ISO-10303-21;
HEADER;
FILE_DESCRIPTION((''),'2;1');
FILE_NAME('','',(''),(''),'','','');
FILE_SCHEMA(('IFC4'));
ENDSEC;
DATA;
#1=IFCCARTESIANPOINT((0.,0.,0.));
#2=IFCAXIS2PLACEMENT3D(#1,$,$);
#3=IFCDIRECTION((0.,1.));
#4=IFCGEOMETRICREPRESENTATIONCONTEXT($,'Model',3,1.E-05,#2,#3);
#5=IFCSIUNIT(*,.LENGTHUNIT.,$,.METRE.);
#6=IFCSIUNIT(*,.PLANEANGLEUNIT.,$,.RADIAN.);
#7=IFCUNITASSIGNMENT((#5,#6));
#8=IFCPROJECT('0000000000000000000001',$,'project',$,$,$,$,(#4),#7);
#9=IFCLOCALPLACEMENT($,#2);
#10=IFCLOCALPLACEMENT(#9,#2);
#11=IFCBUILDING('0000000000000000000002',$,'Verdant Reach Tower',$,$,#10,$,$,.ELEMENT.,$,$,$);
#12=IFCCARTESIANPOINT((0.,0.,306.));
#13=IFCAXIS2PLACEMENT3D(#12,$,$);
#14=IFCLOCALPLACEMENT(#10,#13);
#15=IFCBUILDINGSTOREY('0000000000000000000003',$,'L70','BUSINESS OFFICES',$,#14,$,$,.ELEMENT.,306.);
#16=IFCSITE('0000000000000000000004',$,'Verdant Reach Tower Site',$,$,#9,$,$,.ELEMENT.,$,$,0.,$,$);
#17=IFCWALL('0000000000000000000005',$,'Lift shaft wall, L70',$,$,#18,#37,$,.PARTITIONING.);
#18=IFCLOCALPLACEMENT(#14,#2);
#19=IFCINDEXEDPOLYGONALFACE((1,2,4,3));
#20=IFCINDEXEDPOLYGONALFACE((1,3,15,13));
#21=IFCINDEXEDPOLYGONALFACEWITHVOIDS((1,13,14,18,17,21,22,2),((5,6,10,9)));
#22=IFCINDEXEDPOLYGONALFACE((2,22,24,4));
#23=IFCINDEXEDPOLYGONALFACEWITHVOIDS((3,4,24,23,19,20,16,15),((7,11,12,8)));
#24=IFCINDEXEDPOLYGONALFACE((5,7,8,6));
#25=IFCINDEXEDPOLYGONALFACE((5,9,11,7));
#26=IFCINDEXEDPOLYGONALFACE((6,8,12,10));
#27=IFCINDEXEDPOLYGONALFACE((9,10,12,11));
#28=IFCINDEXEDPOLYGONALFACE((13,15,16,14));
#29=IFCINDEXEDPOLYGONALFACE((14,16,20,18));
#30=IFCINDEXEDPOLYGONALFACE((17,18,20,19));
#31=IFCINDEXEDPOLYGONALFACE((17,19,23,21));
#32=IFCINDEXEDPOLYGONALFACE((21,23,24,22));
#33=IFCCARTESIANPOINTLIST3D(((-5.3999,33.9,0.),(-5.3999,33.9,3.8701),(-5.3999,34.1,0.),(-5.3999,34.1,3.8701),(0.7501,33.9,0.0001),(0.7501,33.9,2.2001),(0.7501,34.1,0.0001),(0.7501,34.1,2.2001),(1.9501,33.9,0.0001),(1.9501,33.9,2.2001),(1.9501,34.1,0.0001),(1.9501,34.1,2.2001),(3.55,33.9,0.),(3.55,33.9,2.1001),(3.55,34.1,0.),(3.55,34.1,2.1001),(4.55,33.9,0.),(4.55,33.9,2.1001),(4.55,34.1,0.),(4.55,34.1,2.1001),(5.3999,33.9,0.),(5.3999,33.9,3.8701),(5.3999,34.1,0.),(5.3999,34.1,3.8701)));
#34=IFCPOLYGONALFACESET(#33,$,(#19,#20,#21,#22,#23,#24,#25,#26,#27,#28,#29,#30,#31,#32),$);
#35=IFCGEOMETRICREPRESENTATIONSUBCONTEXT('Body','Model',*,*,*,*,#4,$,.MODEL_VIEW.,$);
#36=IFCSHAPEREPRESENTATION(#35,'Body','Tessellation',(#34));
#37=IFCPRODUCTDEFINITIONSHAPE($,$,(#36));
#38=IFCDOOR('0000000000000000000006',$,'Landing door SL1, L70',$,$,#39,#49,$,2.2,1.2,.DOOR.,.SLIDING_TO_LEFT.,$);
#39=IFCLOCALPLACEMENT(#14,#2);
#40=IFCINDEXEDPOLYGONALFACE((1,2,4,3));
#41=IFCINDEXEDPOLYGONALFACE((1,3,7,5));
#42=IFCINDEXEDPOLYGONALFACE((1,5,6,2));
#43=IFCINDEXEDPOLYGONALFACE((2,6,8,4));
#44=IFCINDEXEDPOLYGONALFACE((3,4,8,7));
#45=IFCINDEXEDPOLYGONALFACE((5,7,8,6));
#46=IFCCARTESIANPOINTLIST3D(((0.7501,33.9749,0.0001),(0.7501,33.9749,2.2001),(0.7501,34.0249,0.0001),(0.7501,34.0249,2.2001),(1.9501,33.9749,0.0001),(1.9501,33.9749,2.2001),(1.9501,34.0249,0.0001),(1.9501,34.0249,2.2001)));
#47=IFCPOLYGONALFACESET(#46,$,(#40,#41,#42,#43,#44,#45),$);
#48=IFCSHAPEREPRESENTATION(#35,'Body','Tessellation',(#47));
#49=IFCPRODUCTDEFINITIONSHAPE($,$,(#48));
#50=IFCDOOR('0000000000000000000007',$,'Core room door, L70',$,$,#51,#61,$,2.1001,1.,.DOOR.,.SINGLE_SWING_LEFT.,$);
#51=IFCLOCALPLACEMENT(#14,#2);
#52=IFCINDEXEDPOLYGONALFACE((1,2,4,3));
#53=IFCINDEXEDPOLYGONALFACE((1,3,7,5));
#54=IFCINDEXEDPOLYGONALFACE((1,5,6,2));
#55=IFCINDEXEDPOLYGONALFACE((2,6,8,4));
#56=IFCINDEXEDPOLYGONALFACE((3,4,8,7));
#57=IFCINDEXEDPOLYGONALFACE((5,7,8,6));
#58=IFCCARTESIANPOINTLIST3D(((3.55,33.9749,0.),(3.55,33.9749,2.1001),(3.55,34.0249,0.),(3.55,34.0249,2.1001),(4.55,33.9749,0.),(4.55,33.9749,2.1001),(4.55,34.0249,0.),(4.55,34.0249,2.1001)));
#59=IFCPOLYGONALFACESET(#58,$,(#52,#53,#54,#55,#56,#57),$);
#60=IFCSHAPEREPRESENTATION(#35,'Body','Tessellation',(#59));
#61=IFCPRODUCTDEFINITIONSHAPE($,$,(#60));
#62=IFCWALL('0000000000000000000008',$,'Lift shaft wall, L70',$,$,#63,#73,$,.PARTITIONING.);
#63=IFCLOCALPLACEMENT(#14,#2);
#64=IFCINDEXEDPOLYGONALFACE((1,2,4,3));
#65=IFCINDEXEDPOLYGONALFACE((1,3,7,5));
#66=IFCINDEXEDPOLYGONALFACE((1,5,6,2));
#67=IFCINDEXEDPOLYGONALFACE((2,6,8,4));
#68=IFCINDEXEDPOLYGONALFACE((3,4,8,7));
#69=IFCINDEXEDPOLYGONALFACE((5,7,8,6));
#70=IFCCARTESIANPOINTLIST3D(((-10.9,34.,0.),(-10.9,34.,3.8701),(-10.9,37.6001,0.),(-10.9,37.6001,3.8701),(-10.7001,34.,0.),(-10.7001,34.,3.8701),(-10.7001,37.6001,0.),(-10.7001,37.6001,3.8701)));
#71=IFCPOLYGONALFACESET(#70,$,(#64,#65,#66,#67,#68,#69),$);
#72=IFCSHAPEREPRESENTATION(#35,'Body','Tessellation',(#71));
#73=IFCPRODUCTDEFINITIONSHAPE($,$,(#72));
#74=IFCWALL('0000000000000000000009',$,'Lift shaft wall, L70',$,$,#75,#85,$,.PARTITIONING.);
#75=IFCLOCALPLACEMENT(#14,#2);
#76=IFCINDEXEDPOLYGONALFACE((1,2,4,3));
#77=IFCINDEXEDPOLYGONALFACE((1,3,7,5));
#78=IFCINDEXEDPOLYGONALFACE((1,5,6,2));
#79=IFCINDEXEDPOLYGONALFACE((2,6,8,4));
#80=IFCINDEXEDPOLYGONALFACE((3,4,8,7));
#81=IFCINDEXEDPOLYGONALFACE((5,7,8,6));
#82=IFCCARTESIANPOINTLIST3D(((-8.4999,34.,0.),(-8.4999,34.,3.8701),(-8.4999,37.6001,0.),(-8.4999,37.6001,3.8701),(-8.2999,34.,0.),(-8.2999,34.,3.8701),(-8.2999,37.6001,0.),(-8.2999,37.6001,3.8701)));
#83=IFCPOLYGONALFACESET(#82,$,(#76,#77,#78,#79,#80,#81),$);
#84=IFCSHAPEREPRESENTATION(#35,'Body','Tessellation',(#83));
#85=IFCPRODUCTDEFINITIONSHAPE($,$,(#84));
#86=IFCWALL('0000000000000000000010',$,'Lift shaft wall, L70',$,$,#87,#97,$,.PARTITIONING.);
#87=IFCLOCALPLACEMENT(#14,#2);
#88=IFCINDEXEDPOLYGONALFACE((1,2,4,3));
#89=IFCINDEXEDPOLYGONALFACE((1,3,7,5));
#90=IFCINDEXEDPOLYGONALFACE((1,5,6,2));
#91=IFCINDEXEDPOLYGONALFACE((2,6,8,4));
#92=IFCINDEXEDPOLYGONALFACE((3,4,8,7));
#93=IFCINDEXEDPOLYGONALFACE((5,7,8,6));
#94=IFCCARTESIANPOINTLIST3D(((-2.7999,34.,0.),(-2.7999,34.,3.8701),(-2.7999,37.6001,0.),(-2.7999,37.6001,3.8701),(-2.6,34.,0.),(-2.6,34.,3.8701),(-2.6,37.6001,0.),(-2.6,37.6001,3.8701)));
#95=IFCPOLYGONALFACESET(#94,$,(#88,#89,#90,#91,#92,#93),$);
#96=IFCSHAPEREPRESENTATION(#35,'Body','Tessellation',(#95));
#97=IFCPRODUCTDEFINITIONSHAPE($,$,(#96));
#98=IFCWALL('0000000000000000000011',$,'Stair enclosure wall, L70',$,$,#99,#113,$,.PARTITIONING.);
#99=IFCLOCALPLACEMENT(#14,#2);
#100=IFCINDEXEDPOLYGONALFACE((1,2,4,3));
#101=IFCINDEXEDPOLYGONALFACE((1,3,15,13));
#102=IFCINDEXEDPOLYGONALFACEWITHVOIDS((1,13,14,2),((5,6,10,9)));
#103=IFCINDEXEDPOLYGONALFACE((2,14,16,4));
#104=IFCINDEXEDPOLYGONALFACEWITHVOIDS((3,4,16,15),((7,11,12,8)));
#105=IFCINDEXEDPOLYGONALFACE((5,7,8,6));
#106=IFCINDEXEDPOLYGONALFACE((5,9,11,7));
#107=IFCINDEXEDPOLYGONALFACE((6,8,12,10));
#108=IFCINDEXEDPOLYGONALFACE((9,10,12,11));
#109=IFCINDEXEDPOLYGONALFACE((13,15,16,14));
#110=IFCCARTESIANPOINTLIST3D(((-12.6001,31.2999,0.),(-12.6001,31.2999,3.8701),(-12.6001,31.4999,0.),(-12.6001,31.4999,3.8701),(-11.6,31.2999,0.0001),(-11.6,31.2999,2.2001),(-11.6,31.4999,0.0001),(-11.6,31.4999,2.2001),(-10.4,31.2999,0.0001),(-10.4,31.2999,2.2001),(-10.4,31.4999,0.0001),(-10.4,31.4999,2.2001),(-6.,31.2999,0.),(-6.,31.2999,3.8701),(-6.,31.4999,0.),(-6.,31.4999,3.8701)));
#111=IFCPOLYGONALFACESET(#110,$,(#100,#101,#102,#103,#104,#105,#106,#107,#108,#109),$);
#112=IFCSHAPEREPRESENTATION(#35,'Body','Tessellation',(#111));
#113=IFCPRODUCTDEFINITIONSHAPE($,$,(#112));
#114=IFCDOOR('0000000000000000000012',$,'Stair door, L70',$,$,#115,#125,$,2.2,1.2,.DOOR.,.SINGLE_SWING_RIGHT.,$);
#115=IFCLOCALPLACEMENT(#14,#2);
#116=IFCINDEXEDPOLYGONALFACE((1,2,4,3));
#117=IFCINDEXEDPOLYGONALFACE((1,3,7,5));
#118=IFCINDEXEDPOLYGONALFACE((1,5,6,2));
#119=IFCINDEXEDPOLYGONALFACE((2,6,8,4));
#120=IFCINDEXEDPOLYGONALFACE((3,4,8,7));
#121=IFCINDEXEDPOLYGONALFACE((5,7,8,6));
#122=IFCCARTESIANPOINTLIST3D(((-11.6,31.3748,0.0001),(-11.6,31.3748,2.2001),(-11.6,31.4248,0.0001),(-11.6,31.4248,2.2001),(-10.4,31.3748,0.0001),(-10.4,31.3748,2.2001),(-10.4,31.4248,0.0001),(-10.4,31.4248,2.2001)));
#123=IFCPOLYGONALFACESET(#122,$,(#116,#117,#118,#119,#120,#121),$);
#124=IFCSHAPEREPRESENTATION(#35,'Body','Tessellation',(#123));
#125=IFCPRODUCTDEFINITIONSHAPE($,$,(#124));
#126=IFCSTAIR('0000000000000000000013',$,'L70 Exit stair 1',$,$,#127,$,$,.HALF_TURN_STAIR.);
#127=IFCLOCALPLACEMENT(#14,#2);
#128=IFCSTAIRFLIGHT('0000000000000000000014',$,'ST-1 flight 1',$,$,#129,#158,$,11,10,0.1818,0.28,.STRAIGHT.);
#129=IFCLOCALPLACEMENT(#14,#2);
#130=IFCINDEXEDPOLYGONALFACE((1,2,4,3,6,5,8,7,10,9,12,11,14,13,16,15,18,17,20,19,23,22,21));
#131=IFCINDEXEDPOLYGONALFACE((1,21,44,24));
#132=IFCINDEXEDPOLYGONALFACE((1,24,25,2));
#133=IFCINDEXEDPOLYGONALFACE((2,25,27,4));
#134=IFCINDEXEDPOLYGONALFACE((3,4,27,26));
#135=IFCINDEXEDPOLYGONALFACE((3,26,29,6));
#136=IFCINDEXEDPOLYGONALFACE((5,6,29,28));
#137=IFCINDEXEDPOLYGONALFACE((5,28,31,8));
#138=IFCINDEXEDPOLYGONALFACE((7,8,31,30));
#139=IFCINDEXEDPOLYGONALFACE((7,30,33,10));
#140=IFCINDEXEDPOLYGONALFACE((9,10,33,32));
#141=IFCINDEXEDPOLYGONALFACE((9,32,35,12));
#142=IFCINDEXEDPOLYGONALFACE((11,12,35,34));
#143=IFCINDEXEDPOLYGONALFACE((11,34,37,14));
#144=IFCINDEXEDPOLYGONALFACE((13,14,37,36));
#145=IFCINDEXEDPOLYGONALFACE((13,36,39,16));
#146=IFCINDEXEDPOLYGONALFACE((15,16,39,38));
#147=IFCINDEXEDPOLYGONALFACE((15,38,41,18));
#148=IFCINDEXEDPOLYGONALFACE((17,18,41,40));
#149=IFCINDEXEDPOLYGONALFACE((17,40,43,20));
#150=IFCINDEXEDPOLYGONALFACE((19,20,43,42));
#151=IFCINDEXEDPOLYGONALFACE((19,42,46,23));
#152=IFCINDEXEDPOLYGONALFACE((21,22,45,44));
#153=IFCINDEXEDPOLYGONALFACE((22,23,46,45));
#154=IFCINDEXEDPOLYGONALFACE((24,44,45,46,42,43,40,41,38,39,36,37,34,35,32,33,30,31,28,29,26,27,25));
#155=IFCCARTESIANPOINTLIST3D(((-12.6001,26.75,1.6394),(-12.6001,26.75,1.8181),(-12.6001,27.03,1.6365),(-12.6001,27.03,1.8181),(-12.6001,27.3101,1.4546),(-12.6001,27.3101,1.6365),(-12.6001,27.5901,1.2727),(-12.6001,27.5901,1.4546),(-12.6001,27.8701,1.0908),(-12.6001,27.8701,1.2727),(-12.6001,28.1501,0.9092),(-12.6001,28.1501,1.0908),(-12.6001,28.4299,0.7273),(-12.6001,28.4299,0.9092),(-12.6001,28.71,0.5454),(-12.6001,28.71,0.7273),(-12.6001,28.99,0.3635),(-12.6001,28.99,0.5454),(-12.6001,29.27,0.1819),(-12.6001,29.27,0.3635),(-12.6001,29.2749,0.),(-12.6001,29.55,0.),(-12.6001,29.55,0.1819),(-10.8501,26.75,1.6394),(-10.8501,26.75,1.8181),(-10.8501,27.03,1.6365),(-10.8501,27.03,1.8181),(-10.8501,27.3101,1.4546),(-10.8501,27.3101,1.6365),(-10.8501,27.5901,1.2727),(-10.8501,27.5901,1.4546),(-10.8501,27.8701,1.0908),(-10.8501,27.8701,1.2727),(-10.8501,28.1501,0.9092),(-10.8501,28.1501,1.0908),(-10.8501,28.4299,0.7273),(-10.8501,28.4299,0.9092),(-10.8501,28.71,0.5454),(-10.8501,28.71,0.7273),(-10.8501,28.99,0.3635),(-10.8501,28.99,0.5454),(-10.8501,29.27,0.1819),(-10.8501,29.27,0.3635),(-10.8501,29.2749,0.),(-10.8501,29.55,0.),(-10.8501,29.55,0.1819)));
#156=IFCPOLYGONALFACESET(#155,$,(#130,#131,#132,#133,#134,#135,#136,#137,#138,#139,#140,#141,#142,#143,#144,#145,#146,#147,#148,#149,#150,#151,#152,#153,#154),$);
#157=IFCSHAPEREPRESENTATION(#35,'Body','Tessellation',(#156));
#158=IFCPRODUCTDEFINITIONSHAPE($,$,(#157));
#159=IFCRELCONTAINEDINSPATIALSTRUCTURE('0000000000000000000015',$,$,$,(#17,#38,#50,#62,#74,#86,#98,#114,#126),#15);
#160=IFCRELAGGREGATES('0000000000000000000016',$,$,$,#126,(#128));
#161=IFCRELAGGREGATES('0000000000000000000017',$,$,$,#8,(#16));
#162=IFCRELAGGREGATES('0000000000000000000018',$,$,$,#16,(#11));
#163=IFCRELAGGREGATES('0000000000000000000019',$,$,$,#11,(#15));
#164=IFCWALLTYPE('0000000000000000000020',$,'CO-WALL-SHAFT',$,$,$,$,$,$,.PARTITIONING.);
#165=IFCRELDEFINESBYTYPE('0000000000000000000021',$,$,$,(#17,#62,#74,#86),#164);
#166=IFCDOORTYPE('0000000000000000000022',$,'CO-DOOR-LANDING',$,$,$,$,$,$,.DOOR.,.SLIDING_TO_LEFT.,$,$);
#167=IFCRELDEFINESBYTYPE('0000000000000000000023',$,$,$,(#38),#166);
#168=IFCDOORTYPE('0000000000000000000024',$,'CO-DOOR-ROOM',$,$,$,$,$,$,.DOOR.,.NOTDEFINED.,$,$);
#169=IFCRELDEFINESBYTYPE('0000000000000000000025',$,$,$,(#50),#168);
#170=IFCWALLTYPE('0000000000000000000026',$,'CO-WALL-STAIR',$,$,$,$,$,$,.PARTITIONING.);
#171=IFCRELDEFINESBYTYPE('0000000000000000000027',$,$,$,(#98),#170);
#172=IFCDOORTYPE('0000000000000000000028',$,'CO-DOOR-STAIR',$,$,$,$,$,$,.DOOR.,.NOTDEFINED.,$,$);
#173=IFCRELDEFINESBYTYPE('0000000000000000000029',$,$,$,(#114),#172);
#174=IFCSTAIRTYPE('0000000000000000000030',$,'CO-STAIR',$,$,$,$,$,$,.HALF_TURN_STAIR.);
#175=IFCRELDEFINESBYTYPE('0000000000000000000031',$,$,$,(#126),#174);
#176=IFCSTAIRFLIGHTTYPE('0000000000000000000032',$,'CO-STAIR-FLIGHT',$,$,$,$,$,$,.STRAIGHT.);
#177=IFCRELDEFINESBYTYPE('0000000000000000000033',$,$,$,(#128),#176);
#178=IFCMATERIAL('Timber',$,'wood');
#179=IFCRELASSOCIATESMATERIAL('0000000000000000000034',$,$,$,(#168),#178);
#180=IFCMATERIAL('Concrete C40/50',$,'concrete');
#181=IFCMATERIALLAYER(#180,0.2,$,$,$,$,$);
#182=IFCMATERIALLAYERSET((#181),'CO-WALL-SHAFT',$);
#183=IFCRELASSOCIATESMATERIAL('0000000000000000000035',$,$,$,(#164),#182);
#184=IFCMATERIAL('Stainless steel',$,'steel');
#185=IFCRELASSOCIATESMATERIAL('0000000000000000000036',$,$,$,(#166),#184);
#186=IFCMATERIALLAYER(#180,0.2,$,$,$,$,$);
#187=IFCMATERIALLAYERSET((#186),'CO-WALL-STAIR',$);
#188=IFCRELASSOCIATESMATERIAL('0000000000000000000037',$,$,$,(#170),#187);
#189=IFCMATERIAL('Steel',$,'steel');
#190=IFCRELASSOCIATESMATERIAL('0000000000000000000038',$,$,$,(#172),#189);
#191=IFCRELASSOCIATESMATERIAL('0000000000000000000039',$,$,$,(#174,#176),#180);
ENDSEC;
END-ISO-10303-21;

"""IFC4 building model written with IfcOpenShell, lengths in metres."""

from ifc_helpers import new_model, si_unit, direction, frame, frame_2d, origin, place, context, subcontext, project, spatial, polyline, rectangle, outline, extrude, material, layer, layer_set, type_object, element, fill, aggregate, save


model = new_model("IFC4")

# Units and contexts
model_context = context("Model", 3, precision=1e-05, world=origin(), true_north=direction((0.0, 1.0)))
body_context = subcontext(model_context, "Body", "Model", "MODEL_VIEW")
ifc_project = project(units=[si_unit("LENGTHUNIT", "METRE"), si_unit("PLANEANGLEUNIT", "RADIAN")], contexts=[model_context])

# Site, building, storey
site_placement = place(None, origin())
site = spatial("IfcSite", under=ifc_project, at=site_placement, Name="Verdant Reach Tower Site", CompositionType="ELEMENT", RefElevation=0.0)
building_placement = place(site_placement, origin())
building = spatial("IfcBuilding", under=site, at=building_placement, Name="Verdant Reach Tower", CompositionType="ELEMENT")
storey_placement = place(building_placement, frame((0.0, 0.0, 306.0)))
storey = spatial("IfcBuildingStorey", under=building, at=storey_placement, Name="L70", Description="BUSINESS OFFICES", CompositionType="ELEMENT", Elevation=306.0)

# Wall, openings, doors
ifc_material_1 = material(Name="Timber", Category="wood")
door_type_1 = type_object("IfcDoorType", Name="CO-DOOR-ROOM", OperationType="NOTDEFINED", PredefinedType="DOOR", material=ifc_material_1)
ifc_material_2 = material(Name="Concrete C40/50", Category="concrete")
ifc_layer_1 = layer(ifc_material_2, 0.2)
ifc_layer_set_1 = layer_set([ifc_layer_1], Name="CO-WALL-SHAFT")
wall_type_1 = type_object("IfcWallType", Name="CO-WALL-SHAFT", PredefinedType="PARTITIONING", material=ifc_layer_set_1)
ifc_material_3 = material(Name="Stainless steel", Category="steel")
ifc_material_4 = material(Name="Steel", Category="steel")
wall_1_placement = place(storey_placement, frame((-5.3999, 34.0, 0.0), z_axis=(0.0, 0.0, 1.0), x_axis=(1.0, 0.0, 0.0)))
wall_1 = element("IfcWall", 1, at=wall_1_placement, inside=storey, type_object=wall_type_1, Name="Lift shaft wall, L70", PredefinedType="PARTITIONING", context=body_context, shape_type="SweptSolid", body=[
    extrude(rectangle(XDim=10.7998, YDim=0.2, at=frame_2d((5.3999, 0.0))), origin(), (0.0, 0.0, 1.0), 3.8701),
])
opening_1_placement = place(wall_1_placement, frame((6.1499, 0.0, 0.0)))
opening_1 = element("IfcOpeningElement", 2, at=opening_1_placement, cuts=wall_1, PredefinedType="OPENING", context=body_context, shape_type="SweptSolid", body=[
    extrude(rectangle(XDim=1.2, YDim=2.2, at=frame_2d((0.6001, 1.1001))), frame((0.0, 0.1099, 0.0), z_axis=(0.0, -1.0, 0.0), x_axis=(1.0, 0.0, 0.0)), (0.0, 0.0, 1.0), 0.22),
])
opening_2_placement = place(wall_1_placement, frame((8.95, 0.0, 0.0)))
opening_2 = element("IfcOpeningElement", 3, at=opening_2_placement, cuts=wall_1, PredefinedType="OPENING", context=body_context, shape_type="SweptSolid", body=[
    extrude(rectangle(XDim=1.0, YDim=2.1001, at=frame_2d((0.5, 1.05))), frame((0.0, 0.1099, 0.0), z_axis=(0.0, -1.0, 0.0), x_axis=(1.0, 0.0, 0.0)), (0.0, 0.0, 1.0), 0.22),
])
door_type_2 = type_object("IfcDoorType", Name="CO-DOOR-LANDING", OperationType="SLIDING_TO_LEFT", PredefinedType="DOOR", material=ifc_material_3)
door_1_placement = place(opening_1_placement, origin())
door_1 = element("IfcDoor", 4, at=door_1_placement, inside=storey, type_object=door_type_2, Name="Landing door SL1, L70", OperationType="SLIDING_TO_LEFT", OverallHeight=2.2, OverallWidth=1.2, PredefinedType="DOOR", context=body_context, shape_type="SweptSolid", body=[
    extrude(rectangle(XDim=1.2, YDim=2.2, at=frame_2d((0.6001, 1.1001))), frame((0.0, 0.0249, 0.0), z_axis=(0.0, -1.0, 0.0), x_axis=(1.0, 0.0, 0.0)), (0.0, 0.0, 1.0), 0.05),
])
fill(opening_1, door_1)
door_2_placement = place(opening_2_placement, origin())
door_2 = element("IfcDoor", 5, at=door_2_placement, inside=storey, type_object=door_type_1, Name="Core room door, L70", OperationType="SINGLE_SWING_LEFT", OverallHeight=2.1001, OverallWidth=1.0, PredefinedType="DOOR", context=body_context, shape_type="SweptSolid", body=[
    extrude(rectangle(XDim=1.0, YDim=2.1001, at=frame_2d((0.5, 1.05))), frame((0.0, 0.0249, 0.0), z_axis=(0.0, -1.0, 0.0), x_axis=(1.0, 0.0, 0.0)), (0.0, 0.0, 1.0), 0.05),
])
fill(opening_2, door_2)

# Walls
for number, where, z_axis, x_axis, name in (
    (6, (-10.8, 34.0, 0.0), (0.0, 0.0, 1.0), (0.0, 1.0, 0.0), "Lift shaft wall, L70"),
    (7, (-8.3999, 34.0, 0.0), (0.0, 0.0, 1.0), (0.0, 1.0, 0.0), "Lift shaft wall, L70"),
    (8, (-2.7, 34.0, 0.0), (0.0, 0.0, 1.0), (0.0, 1.0, 0.0), "Lift shaft wall, L70"),
):
    element("IfcWall", number, at=place(storey_placement, frame(where, z_axis=z_axis, x_axis=x_axis)), inside=storey, type_object=wall_type_1, Name=name, PredefinedType="PARTITIONING", context=body_context, shape_type="SweptSolid", body=[
        extrude(rectangle(XDim=3.6001, YDim=0.2, at=frame_2d((1.8, 0.0))), origin(), (0.0, 0.0, 1.0), 3.8701),
    ])

# Wall, opening, door
ifc_layer_2 = layer(ifc_material_2, 0.2)
ifc_layer_set_2 = layer_set([ifc_layer_2], Name="CO-WALL-STAIR")
wall_type_2 = type_object("IfcWallType", Name="CO-WALL-STAIR", PredefinedType="PARTITIONING", material=ifc_layer_set_2)
wall_2_placement = place(storey_placement, frame((-12.6001, 31.3999, 0.0), z_axis=(0.0, 0.0, 1.0), x_axis=(1.0, 0.0, 0.0)))
wall_2 = element("IfcWall", 9, at=wall_2_placement, inside=storey, type_object=wall_type_2, Name="Stair enclosure wall, L70", PredefinedType="PARTITIONING", context=body_context, shape_type="SweptSolid", body=[
    extrude(rectangle(XDim=6.6001, YDim=0.2, at=frame_2d((3.3, 0.0))), origin(), (0.0, 0.0, 1.0), 3.8701),
])
opening_3_placement = place(wall_2_placement, frame((1.0, 0.0, 0.0)))
opening_3 = element("IfcOpeningElement", 10, at=opening_3_placement, cuts=wall_2, PredefinedType="OPENING", context=body_context, shape_type="SweptSolid", body=[
    extrude(rectangle(XDim=1.2, YDim=2.2, at=frame_2d((0.6001, 1.1001))), frame((0.0, 0.1099, 0.0), z_axis=(0.0, -1.0, 0.0), x_axis=(1.0, 0.0, 0.0)), (0.0, 0.0, 1.0), 0.22),
])
door_type_3 = type_object("IfcDoorType", Name="CO-DOOR-STAIR", OperationType="NOTDEFINED", PredefinedType="DOOR", material=ifc_material_4)
door_3_placement = place(opening_3_placement, origin())
door_3 = element("IfcDoor", 11, at=door_3_placement, inside=storey, type_object=door_type_3, Name="Stair door, L70", OperationType="SINGLE_SWING_RIGHT", OverallHeight=2.2, OverallWidth=1.2, PredefinedType="DOOR", context=body_context, shape_type="SweptSolid", body=[
    extrude(rectangle(XDim=1.2, YDim=2.2, at=frame_2d((0.6001, 1.1001))), frame((0.0, 0.0249, 0.0), z_axis=(0.0, -1.0, 0.0), x_axis=(1.0, 0.0, 0.0)), (0.0, 0.0, 1.0), 0.05),
])
fill(opening_3, door_3)

# Stair, stair flight
stair_type = type_object("IfcStairType", Name="CO-STAIR", PredefinedType="HALF_TURN_STAIR", material=ifc_material_2)
stair_placement = place(storey_placement, origin())
stair = element("IfcStair", 12, at=stair_placement, inside=storey, type_object=stair_type, Name="L70 Exit stair 1", PredefinedType="HALF_TURN_STAIR")
stair_flight_type = type_object("IfcStairFlightType", Name="CO-STAIR-FLIGHT", PredefinedType="STRAIGHT", material=ifc_material_2)
stair_flight_placement = place(storey_placement, frame((-11.7251, 29.55, 0.0), z_axis=(0.0, 0.0, 1.0), x_axis=(0.0, -1.0, 0.0)))
stair_flight = element("IfcStairFlight", 13, at=stair_flight_placement, type_object=stair_flight_type, Name="ST-1 flight 1", NumberOfRisers=11, NumberOfTreads=10, PredefinedType="STRAIGHT", RiserHeight=0.1818, TreadLength=0.28, context=body_context, shape_type="SweptSolid", body=[
    extrude(outline(polyline([(0.0, 0.0), (0.0, 0.1819), (0.28, 0.1819), (0.28, 0.3635), (0.5601, 0.3635), (0.5601, 0.5454), (0.8401, 0.5454), (0.8401, 0.7273), (1.1201, 0.7273), (1.1201, 0.9092), (1.3999, 0.9092), (1.3999, 1.0908), (1.6799, 1.0908), (1.6799, 1.2727), (1.96, 1.2727), (1.96, 1.4546), (2.24, 1.4546), (2.24, 1.6365), (2.52, 1.6365), (2.52, 1.8181), (2.8, 1.8181), (2.8, 2.0), (2.8, 1.6394), (0.2751, 0.0), (0.0, 0.0)])), frame((0.0, 0.875, 0.0), z_axis=(0.0, -1.0, 0.0), x_axis=(1.0, 0.0, 0.0)), (0.0, 0.0, 1.0), 1.75),
])
aggregate(stair, [stair_flight])

save(model, "model.ifc")
